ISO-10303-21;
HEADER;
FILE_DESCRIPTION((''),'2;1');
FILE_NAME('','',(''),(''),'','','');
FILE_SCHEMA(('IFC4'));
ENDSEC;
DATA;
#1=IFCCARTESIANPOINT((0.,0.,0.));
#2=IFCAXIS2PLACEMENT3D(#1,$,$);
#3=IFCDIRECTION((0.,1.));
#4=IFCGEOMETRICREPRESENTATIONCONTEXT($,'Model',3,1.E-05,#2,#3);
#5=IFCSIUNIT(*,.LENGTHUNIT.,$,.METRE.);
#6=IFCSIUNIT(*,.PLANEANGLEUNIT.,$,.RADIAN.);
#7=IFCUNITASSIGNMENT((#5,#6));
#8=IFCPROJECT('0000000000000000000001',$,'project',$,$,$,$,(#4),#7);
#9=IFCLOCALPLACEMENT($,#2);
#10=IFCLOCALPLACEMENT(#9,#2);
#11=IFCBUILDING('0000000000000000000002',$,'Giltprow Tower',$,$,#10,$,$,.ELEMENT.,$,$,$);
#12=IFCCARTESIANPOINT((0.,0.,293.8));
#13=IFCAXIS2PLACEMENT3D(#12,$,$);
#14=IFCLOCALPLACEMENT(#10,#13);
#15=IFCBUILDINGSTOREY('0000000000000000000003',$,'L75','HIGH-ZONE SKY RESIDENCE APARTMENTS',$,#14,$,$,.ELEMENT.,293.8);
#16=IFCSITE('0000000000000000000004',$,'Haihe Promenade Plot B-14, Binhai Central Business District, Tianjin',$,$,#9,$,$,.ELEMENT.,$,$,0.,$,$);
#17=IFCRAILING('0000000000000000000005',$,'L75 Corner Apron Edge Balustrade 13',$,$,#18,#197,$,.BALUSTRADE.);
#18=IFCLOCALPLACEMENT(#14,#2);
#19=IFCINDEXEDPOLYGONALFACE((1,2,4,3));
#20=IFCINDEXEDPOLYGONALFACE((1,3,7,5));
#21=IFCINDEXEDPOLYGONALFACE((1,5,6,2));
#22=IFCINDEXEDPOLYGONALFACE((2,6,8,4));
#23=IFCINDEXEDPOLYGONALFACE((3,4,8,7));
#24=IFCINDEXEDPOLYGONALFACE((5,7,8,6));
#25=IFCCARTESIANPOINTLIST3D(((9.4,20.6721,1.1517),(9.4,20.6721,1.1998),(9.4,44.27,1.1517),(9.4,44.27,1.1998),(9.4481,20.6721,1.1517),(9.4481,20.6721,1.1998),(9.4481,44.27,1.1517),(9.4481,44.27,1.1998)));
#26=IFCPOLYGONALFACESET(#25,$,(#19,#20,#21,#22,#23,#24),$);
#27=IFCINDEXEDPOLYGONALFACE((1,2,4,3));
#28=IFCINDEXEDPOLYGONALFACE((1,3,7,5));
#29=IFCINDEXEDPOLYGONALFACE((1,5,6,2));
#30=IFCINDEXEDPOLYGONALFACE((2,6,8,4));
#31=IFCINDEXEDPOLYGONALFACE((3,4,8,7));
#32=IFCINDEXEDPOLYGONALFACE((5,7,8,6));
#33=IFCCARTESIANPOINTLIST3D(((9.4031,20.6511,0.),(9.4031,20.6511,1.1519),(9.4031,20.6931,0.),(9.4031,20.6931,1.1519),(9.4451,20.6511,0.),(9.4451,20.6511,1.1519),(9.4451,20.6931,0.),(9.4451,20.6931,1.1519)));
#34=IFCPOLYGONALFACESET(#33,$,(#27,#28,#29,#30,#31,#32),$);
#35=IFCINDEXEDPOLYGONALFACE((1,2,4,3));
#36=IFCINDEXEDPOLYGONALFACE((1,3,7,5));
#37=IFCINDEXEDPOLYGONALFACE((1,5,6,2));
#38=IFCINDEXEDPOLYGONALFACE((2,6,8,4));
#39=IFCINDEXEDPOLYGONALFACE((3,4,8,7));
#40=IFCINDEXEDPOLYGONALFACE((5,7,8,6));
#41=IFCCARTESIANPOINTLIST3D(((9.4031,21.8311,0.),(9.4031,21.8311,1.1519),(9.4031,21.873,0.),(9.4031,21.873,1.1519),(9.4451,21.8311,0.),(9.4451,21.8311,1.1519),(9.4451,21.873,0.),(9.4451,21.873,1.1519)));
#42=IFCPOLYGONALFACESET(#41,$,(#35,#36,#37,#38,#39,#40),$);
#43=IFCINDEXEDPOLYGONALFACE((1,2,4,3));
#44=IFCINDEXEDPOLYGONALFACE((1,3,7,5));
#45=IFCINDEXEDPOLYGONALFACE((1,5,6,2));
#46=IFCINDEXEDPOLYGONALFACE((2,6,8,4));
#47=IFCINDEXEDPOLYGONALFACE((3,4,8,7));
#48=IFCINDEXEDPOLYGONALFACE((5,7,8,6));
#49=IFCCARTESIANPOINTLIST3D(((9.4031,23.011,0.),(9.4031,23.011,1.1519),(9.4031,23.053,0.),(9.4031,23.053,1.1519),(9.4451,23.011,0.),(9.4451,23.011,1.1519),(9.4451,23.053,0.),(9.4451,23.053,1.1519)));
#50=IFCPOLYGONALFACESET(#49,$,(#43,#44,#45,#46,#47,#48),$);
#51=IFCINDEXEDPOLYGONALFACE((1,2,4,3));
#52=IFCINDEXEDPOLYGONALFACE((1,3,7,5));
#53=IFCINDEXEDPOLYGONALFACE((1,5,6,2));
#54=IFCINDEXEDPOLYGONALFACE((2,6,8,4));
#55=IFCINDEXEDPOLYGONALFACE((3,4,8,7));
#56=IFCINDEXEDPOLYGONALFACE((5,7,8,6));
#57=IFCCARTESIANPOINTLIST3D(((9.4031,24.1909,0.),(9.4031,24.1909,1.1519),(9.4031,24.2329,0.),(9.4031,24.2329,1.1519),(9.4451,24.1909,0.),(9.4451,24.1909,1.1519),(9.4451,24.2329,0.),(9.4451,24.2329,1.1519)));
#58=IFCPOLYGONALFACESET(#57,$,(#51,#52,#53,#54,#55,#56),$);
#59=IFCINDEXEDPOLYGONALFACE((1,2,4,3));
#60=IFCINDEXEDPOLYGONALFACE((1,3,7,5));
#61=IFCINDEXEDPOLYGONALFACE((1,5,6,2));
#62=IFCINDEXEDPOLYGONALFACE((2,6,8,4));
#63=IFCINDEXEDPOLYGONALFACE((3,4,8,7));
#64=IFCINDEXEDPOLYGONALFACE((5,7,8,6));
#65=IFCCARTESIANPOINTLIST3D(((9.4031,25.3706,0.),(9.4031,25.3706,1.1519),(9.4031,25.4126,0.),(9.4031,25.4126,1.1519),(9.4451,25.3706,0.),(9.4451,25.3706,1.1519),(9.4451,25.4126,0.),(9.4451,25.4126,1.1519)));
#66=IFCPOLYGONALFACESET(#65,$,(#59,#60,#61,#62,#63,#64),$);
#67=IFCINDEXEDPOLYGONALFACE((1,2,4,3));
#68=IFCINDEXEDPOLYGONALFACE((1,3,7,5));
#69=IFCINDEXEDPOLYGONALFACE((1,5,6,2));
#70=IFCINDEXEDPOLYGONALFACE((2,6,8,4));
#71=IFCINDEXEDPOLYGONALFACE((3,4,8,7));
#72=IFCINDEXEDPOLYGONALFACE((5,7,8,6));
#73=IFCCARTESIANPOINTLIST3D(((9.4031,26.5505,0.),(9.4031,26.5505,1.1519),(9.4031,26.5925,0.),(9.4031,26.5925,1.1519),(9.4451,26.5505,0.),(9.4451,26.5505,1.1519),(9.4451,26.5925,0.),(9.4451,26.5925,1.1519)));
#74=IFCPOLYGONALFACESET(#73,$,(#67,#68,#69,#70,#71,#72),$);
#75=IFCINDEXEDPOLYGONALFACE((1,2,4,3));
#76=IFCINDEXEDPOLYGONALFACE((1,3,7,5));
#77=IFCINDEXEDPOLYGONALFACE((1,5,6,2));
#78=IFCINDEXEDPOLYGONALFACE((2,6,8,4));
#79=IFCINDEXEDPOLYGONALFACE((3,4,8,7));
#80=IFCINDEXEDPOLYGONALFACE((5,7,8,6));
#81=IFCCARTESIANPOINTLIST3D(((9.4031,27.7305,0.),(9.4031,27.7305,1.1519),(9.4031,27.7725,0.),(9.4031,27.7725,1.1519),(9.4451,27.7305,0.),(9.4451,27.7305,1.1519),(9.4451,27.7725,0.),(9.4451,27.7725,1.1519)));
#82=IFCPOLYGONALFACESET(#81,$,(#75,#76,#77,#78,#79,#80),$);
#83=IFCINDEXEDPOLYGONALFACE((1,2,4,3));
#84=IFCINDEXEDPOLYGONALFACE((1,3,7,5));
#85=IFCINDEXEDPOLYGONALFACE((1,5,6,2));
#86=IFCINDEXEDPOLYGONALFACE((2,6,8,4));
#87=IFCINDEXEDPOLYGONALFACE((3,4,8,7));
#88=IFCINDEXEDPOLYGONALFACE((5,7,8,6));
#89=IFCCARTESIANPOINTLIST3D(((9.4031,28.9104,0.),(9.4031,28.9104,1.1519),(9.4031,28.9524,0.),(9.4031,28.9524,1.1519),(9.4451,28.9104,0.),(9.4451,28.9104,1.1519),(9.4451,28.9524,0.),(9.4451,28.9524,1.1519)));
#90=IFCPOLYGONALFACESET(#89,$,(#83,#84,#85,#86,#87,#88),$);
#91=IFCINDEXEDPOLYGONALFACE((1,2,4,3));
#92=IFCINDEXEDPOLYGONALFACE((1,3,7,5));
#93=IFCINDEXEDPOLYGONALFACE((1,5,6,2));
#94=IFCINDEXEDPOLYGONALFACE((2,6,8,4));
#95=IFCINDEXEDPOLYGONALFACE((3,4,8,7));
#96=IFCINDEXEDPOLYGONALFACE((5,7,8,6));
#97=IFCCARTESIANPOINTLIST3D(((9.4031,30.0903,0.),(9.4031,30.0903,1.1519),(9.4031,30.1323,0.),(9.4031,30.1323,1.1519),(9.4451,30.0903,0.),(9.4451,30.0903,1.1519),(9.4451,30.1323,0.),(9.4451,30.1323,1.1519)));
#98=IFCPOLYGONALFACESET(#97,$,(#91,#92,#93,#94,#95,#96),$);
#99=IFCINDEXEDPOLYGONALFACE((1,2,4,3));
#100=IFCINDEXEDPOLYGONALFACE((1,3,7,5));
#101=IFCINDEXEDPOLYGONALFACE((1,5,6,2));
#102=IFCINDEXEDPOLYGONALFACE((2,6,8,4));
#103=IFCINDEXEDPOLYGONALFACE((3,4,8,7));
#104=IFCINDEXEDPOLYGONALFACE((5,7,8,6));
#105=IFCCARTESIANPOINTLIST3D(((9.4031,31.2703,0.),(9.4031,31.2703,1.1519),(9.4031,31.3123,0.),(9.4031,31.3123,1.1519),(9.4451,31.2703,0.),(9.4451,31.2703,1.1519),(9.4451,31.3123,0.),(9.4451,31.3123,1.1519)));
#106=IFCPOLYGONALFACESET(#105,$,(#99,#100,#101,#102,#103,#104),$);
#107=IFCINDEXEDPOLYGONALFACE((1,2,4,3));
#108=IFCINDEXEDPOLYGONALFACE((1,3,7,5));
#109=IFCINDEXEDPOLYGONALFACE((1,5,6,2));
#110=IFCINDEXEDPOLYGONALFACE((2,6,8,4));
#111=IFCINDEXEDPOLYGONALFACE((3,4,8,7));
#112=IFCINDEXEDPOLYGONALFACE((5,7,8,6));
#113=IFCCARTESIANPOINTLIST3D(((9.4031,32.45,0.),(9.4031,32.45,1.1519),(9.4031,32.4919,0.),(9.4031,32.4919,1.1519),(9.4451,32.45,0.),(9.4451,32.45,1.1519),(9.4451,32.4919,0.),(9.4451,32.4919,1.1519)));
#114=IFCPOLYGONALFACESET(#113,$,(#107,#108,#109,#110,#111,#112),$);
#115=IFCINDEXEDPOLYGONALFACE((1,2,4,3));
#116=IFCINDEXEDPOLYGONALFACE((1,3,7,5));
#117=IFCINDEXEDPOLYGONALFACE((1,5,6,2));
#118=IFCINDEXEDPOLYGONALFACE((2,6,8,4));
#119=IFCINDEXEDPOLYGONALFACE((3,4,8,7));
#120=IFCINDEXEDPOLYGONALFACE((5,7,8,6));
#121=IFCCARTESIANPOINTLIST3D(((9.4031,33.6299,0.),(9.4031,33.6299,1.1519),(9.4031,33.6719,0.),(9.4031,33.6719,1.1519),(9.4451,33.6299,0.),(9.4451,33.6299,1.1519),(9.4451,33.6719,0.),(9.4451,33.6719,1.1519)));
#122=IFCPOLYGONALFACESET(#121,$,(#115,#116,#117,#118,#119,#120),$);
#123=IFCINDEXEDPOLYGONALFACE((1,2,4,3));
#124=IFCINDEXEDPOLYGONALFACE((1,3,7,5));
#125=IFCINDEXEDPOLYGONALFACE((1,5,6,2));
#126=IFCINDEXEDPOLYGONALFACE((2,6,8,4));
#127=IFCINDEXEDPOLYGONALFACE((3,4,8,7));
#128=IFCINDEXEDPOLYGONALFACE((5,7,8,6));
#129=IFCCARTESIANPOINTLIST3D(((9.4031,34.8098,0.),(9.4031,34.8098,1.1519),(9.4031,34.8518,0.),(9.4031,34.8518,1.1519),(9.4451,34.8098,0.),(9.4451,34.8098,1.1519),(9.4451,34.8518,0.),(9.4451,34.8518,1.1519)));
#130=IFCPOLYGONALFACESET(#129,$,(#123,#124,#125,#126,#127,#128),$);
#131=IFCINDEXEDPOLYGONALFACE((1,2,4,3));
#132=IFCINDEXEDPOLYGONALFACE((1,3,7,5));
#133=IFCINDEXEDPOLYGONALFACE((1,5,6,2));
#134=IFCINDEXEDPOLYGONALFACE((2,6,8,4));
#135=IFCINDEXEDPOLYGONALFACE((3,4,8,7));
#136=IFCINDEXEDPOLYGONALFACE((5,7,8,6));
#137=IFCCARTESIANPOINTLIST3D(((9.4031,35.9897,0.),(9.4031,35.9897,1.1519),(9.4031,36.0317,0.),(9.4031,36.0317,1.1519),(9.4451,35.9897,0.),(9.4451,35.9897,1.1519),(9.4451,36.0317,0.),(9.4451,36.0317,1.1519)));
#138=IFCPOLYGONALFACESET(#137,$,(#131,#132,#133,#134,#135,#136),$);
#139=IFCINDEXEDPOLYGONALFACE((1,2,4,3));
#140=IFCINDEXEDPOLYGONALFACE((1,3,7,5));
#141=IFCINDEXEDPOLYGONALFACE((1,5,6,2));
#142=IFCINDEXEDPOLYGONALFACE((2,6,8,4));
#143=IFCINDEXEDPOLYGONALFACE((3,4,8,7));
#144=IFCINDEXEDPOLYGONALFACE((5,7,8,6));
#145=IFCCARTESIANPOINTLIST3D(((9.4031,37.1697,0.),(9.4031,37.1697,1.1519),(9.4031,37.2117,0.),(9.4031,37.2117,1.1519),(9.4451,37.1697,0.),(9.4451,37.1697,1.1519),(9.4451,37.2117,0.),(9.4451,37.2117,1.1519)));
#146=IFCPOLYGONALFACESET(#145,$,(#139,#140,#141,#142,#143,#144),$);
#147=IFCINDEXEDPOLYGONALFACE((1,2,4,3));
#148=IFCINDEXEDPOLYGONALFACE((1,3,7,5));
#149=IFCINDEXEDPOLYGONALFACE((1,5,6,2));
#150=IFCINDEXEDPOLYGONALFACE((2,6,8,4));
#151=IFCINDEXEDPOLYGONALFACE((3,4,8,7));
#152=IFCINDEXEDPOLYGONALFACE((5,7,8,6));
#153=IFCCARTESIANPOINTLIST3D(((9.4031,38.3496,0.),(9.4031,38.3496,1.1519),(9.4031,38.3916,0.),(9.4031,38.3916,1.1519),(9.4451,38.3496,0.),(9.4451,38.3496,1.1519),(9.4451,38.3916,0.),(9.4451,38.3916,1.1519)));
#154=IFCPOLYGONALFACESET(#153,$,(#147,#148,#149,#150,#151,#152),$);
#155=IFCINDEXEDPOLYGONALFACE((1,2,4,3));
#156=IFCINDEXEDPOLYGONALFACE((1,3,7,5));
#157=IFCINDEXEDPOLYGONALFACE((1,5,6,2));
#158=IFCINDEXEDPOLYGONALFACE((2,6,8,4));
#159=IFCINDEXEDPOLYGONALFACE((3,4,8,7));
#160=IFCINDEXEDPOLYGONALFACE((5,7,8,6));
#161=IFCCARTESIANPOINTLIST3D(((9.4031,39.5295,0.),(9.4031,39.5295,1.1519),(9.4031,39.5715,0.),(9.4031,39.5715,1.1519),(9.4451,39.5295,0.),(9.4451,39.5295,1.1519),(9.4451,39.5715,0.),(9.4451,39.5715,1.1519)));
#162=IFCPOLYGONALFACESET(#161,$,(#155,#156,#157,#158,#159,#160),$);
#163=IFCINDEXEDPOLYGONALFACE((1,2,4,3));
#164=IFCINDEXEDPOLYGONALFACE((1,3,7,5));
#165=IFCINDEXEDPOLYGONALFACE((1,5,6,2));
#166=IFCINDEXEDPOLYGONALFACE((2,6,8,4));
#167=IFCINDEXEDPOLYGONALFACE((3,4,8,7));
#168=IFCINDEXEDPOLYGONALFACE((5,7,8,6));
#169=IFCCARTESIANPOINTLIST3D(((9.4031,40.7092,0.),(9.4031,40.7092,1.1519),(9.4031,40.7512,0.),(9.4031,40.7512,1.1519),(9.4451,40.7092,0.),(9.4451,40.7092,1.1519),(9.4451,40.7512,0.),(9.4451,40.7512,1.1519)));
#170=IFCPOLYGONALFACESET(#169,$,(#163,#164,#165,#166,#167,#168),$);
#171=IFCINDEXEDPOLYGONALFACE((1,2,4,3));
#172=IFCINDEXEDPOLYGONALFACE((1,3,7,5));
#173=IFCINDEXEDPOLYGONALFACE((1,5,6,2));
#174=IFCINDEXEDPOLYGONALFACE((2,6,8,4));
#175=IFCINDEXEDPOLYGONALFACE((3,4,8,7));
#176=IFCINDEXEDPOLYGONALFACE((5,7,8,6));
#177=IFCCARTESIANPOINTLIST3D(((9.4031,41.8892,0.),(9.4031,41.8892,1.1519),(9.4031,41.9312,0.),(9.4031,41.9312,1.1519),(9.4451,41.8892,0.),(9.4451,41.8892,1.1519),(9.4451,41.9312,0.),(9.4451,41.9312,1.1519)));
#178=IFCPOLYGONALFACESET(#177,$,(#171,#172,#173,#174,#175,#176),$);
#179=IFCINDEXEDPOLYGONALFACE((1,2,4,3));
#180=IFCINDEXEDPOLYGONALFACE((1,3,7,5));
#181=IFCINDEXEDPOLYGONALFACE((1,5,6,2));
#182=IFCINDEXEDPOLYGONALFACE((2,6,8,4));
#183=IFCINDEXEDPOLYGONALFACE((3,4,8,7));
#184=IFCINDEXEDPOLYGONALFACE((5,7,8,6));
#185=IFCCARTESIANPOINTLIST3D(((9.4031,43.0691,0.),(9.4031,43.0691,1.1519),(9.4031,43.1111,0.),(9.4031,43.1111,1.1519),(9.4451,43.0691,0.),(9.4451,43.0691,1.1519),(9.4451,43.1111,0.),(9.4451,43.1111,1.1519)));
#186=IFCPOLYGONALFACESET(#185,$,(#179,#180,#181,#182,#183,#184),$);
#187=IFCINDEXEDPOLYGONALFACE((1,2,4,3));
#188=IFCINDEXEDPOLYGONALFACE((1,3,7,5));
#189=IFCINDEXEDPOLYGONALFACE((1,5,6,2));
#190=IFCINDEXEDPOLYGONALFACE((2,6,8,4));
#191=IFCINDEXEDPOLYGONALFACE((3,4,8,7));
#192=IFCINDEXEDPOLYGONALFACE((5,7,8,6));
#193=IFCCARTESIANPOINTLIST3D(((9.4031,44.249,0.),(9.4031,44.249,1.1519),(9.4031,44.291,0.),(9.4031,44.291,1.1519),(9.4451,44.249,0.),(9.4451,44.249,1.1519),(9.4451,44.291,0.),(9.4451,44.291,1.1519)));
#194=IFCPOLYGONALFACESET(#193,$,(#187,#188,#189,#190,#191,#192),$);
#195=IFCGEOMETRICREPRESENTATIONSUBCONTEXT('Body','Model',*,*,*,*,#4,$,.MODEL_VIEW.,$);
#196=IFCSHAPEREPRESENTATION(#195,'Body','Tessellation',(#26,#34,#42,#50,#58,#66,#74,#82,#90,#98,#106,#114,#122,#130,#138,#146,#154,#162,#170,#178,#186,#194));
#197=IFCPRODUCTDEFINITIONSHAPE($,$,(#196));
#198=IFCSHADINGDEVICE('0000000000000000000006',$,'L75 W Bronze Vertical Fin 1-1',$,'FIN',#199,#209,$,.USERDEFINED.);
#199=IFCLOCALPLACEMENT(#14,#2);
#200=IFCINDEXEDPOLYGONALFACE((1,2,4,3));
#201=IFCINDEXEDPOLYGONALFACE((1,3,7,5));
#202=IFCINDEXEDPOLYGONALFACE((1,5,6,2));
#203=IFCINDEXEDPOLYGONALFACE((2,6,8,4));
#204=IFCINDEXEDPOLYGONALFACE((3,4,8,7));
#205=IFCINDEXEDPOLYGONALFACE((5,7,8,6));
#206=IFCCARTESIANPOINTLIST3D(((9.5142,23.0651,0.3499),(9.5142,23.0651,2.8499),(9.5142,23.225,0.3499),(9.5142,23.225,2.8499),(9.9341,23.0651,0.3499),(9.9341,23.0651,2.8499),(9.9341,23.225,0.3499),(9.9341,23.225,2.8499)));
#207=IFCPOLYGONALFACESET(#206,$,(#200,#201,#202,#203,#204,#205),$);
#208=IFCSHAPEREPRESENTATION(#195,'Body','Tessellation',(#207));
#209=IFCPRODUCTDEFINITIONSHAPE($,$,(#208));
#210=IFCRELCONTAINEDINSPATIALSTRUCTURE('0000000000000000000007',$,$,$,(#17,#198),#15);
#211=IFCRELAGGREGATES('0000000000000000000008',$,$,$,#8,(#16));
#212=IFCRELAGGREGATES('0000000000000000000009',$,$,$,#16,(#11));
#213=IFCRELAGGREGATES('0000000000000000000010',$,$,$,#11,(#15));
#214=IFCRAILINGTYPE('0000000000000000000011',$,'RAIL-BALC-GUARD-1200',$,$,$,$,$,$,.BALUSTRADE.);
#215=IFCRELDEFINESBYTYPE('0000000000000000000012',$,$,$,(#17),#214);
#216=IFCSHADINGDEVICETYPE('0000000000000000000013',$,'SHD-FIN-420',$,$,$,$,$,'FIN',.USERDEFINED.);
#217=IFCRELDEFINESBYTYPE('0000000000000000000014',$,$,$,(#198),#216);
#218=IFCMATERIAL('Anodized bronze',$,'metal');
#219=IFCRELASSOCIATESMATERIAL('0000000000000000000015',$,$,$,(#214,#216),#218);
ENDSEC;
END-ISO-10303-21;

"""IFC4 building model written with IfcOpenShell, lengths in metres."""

from ifc_helpers import new_model, si_unit, direction, frame, origin, origin_2d, place, context, subcontext, project, spatial, rectangle, extrude, source, transform, mapped, material, type_object, element, save


model = new_model("IFC4")

# Units and contexts
model_context = context("Model", 3, precision=1e-05, world=origin(), true_north=direction((0.0, 1.0)))
body_context = subcontext(model_context, "Body", "Model", "MODEL_VIEW")
ifc_project = project(units=[si_unit("LENGTHUNIT", "METRE"), si_unit("PLANEANGLEUNIT", "RADIAN")], contexts=[model_context])

# Site, building, storey
site_placement = place(None, origin())
site = spatial("IfcSite", under=ifc_project, at=site_placement, Name="Haihe Promenade Plot B-14, Binhai Central Business District, Tianjin", CompositionType="ELEMENT", RefElevation=0.0)
building_placement = place(site_placement, origin())
building = spatial("IfcBuilding", under=site, at=building_placement, Name="Giltprow Tower", CompositionType="ELEMENT")
storey_placement = place(building_placement, frame((0.0, 0.0, 293.8)))
storey = spatial("IfcBuildingStorey", under=building, at=storey_placement, Name="L75", Description="HIGH-ZONE SKY RESIDENCE APARTMENTS", CompositionType="ELEMENT", Elevation=293.8)

# Railing
ifc_material_1 = material(Name="Anodized bronze", Category="metal")
railing_type = type_object("IfcRailingType", Name="RAIL-BALC-GUARD-1200", PredefinedType="BALUSTRADE", material=ifc_material_1)
railing_1_placement = place(storey_placement, frame((9.4241, 20.6721, 0.0)))
element("IfcRailing", 1, at=railing_1_placement, inside=storey, type_object=railing_type, Name="L75 Corner Apron Edge Balustrade 13", PredefinedType="BALUSTRADE", context=body_context, shape_type="SweptSolid", body=[
    extrude(rectangle(XDim=0.0481, YDim=0.0481, at=origin_2d()), frame((0.0, 0.0, 1.1758), z_axis=(0.0, 1.0, 0.0), x_axis=(-1.0, 0.0, 0.0)), (0.0, 0.0, 1.0), 23.5979),
    extrude(rectangle(XDim=0.042, YDim=0.042, at=origin_2d()), origin(), (0.0, 0.0, 1.0), 1.1519),
    extrude(rectangle(XDim=0.042, YDim=0.042, at=origin_2d()), frame((0.0, 1.1799, 0.0)), (0.0, 0.0, 1.0), 1.1519),
    extrude(rectangle(XDim=0.042, YDim=0.042, at=origin_2d()), frame((0.0, 2.3599, 0.0)), (0.0, 0.0, 1.0), 1.1519),
    extrude(rectangle(XDim=0.042, YDim=0.042, at=origin_2d()), frame((0.0, 3.5398, 0.0)), (0.0, 0.0, 1.0), 1.1519),
    extrude(rectangle(XDim=0.042, YDim=0.042, at=origin_2d()), frame((0.0, 4.7195, 0.0)), (0.0, 0.0, 1.0), 1.1519),
    extrude(rectangle(XDim=0.042, YDim=0.042, at=origin_2d()), frame((0.0, 5.8994, 0.0)), (0.0, 0.0, 1.0), 1.1519),
    extrude(rectangle(XDim=0.042, YDim=0.042, at=origin_2d()), frame((0.0, 7.0793, 0.0)), (0.0, 0.0, 1.0), 1.1519),
    extrude(rectangle(XDim=0.042, YDim=0.042, at=origin_2d()), frame((0.0, 8.2593, 0.0)), (0.0, 0.0, 1.0), 1.1519),
    extrude(rectangle(XDim=0.042, YDim=0.042, at=origin_2d()), frame((0.0, 9.4392, 0.0)), (0.0, 0.0, 1.0), 1.1519),
    extrude(rectangle(XDim=0.042, YDim=0.042, at=origin_2d()), frame((0.0, 10.6191, 0.0)), (0.0, 0.0, 1.0), 1.1519),
    extrude(rectangle(XDim=0.042, YDim=0.042, at=origin_2d()), frame((0.0, 11.7988, 0.0)), (0.0, 0.0, 1.0), 1.1519),
    extrude(rectangle(XDim=0.042, YDim=0.042, at=origin_2d()), frame((0.0, 12.9788, 0.0)), (0.0, 0.0, 1.0), 1.1519),
    extrude(rectangle(XDim=0.042, YDim=0.042, at=origin_2d()), frame((0.0, 14.1587, 0.0)), (0.0, 0.0, 1.0), 1.1519),
    extrude(rectangle(XDim=0.042, YDim=0.042, at=origin_2d()), frame((0.0, 15.3386, 0.0)), (0.0, 0.0, 1.0), 1.1519),
    extrude(rectangle(XDim=0.042, YDim=0.042, at=origin_2d()), frame((0.0, 16.5186, 0.0)), (0.0, 0.0, 1.0), 1.1519),
    extrude(rectangle(XDim=0.042, YDim=0.042, at=origin_2d()), frame((0.0, 17.6985, 0.0)), (0.0, 0.0, 1.0), 1.1519),
    extrude(rectangle(XDim=0.042, YDim=0.042, at=origin_2d()), frame((0.0, 18.8784, 0.0)), (0.0, 0.0, 1.0), 1.1519),
    extrude(rectangle(XDim=0.042, YDim=0.042, at=origin_2d()), frame((0.0, 20.0581, 0.0)), (0.0, 0.0, 1.0), 1.1519),
    extrude(rectangle(XDim=0.042, YDim=0.042, at=origin_2d()), frame((0.0, 21.238, 0.0)), (0.0, 0.0, 1.0), 1.1519),
    extrude(rectangle(XDim=0.042, YDim=0.042, at=origin_2d()), frame((0.0, 22.418, 0.0)), (0.0, 0.0, 1.0), 1.1519),
    extrude(rectangle(XDim=0.042, YDim=0.042, at=origin_2d()), frame((0.0, 23.5979, 0.0)), (0.0, 0.0, 1.0), 1.1519),
])

# Shading device
shading_device_type = type_object("IfcShadingDeviceType", Name="SHD-FIN-420", ElementType="FIN", PredefinedType="USERDEFINED", material=ifc_material_1)
shared_shape_1 = source(origin(), body_context, "Body", "SweptSolid", [
    extrude(rectangle(XDim=0.4199, YDim=0.1599, at=origin_2d()), origin(), (0.0, 0.0, 1.0), 2.5),
])
shading_device_placement = place(storey_placement, frame((9.7241, 23.145, 0.3499), z_axis=(0.0, 0.0, 1.0), x_axis=(1.0, 0.0, 0.0)))
element("IfcShadingDevice", 2, at=shading_device_placement, inside=storey, type_object=shading_device_type, Name="L75 W Bronze Vertical Fin 1-1", ObjectType="FIN", PredefinedType="USERDEFINED", context=body_context, shape_type="MappedRepresentation", body=[
    mapped(shared_shape_1, transform((0.0, 0.0, 0.0), x_axis=(1.0, 0.0, 0.0), y_axis=(0.0, 1.0, 0.0), z_axis=(0.0, 0.0, 1.0), scale=1.0)),
])

save(model, "model.ifc")
